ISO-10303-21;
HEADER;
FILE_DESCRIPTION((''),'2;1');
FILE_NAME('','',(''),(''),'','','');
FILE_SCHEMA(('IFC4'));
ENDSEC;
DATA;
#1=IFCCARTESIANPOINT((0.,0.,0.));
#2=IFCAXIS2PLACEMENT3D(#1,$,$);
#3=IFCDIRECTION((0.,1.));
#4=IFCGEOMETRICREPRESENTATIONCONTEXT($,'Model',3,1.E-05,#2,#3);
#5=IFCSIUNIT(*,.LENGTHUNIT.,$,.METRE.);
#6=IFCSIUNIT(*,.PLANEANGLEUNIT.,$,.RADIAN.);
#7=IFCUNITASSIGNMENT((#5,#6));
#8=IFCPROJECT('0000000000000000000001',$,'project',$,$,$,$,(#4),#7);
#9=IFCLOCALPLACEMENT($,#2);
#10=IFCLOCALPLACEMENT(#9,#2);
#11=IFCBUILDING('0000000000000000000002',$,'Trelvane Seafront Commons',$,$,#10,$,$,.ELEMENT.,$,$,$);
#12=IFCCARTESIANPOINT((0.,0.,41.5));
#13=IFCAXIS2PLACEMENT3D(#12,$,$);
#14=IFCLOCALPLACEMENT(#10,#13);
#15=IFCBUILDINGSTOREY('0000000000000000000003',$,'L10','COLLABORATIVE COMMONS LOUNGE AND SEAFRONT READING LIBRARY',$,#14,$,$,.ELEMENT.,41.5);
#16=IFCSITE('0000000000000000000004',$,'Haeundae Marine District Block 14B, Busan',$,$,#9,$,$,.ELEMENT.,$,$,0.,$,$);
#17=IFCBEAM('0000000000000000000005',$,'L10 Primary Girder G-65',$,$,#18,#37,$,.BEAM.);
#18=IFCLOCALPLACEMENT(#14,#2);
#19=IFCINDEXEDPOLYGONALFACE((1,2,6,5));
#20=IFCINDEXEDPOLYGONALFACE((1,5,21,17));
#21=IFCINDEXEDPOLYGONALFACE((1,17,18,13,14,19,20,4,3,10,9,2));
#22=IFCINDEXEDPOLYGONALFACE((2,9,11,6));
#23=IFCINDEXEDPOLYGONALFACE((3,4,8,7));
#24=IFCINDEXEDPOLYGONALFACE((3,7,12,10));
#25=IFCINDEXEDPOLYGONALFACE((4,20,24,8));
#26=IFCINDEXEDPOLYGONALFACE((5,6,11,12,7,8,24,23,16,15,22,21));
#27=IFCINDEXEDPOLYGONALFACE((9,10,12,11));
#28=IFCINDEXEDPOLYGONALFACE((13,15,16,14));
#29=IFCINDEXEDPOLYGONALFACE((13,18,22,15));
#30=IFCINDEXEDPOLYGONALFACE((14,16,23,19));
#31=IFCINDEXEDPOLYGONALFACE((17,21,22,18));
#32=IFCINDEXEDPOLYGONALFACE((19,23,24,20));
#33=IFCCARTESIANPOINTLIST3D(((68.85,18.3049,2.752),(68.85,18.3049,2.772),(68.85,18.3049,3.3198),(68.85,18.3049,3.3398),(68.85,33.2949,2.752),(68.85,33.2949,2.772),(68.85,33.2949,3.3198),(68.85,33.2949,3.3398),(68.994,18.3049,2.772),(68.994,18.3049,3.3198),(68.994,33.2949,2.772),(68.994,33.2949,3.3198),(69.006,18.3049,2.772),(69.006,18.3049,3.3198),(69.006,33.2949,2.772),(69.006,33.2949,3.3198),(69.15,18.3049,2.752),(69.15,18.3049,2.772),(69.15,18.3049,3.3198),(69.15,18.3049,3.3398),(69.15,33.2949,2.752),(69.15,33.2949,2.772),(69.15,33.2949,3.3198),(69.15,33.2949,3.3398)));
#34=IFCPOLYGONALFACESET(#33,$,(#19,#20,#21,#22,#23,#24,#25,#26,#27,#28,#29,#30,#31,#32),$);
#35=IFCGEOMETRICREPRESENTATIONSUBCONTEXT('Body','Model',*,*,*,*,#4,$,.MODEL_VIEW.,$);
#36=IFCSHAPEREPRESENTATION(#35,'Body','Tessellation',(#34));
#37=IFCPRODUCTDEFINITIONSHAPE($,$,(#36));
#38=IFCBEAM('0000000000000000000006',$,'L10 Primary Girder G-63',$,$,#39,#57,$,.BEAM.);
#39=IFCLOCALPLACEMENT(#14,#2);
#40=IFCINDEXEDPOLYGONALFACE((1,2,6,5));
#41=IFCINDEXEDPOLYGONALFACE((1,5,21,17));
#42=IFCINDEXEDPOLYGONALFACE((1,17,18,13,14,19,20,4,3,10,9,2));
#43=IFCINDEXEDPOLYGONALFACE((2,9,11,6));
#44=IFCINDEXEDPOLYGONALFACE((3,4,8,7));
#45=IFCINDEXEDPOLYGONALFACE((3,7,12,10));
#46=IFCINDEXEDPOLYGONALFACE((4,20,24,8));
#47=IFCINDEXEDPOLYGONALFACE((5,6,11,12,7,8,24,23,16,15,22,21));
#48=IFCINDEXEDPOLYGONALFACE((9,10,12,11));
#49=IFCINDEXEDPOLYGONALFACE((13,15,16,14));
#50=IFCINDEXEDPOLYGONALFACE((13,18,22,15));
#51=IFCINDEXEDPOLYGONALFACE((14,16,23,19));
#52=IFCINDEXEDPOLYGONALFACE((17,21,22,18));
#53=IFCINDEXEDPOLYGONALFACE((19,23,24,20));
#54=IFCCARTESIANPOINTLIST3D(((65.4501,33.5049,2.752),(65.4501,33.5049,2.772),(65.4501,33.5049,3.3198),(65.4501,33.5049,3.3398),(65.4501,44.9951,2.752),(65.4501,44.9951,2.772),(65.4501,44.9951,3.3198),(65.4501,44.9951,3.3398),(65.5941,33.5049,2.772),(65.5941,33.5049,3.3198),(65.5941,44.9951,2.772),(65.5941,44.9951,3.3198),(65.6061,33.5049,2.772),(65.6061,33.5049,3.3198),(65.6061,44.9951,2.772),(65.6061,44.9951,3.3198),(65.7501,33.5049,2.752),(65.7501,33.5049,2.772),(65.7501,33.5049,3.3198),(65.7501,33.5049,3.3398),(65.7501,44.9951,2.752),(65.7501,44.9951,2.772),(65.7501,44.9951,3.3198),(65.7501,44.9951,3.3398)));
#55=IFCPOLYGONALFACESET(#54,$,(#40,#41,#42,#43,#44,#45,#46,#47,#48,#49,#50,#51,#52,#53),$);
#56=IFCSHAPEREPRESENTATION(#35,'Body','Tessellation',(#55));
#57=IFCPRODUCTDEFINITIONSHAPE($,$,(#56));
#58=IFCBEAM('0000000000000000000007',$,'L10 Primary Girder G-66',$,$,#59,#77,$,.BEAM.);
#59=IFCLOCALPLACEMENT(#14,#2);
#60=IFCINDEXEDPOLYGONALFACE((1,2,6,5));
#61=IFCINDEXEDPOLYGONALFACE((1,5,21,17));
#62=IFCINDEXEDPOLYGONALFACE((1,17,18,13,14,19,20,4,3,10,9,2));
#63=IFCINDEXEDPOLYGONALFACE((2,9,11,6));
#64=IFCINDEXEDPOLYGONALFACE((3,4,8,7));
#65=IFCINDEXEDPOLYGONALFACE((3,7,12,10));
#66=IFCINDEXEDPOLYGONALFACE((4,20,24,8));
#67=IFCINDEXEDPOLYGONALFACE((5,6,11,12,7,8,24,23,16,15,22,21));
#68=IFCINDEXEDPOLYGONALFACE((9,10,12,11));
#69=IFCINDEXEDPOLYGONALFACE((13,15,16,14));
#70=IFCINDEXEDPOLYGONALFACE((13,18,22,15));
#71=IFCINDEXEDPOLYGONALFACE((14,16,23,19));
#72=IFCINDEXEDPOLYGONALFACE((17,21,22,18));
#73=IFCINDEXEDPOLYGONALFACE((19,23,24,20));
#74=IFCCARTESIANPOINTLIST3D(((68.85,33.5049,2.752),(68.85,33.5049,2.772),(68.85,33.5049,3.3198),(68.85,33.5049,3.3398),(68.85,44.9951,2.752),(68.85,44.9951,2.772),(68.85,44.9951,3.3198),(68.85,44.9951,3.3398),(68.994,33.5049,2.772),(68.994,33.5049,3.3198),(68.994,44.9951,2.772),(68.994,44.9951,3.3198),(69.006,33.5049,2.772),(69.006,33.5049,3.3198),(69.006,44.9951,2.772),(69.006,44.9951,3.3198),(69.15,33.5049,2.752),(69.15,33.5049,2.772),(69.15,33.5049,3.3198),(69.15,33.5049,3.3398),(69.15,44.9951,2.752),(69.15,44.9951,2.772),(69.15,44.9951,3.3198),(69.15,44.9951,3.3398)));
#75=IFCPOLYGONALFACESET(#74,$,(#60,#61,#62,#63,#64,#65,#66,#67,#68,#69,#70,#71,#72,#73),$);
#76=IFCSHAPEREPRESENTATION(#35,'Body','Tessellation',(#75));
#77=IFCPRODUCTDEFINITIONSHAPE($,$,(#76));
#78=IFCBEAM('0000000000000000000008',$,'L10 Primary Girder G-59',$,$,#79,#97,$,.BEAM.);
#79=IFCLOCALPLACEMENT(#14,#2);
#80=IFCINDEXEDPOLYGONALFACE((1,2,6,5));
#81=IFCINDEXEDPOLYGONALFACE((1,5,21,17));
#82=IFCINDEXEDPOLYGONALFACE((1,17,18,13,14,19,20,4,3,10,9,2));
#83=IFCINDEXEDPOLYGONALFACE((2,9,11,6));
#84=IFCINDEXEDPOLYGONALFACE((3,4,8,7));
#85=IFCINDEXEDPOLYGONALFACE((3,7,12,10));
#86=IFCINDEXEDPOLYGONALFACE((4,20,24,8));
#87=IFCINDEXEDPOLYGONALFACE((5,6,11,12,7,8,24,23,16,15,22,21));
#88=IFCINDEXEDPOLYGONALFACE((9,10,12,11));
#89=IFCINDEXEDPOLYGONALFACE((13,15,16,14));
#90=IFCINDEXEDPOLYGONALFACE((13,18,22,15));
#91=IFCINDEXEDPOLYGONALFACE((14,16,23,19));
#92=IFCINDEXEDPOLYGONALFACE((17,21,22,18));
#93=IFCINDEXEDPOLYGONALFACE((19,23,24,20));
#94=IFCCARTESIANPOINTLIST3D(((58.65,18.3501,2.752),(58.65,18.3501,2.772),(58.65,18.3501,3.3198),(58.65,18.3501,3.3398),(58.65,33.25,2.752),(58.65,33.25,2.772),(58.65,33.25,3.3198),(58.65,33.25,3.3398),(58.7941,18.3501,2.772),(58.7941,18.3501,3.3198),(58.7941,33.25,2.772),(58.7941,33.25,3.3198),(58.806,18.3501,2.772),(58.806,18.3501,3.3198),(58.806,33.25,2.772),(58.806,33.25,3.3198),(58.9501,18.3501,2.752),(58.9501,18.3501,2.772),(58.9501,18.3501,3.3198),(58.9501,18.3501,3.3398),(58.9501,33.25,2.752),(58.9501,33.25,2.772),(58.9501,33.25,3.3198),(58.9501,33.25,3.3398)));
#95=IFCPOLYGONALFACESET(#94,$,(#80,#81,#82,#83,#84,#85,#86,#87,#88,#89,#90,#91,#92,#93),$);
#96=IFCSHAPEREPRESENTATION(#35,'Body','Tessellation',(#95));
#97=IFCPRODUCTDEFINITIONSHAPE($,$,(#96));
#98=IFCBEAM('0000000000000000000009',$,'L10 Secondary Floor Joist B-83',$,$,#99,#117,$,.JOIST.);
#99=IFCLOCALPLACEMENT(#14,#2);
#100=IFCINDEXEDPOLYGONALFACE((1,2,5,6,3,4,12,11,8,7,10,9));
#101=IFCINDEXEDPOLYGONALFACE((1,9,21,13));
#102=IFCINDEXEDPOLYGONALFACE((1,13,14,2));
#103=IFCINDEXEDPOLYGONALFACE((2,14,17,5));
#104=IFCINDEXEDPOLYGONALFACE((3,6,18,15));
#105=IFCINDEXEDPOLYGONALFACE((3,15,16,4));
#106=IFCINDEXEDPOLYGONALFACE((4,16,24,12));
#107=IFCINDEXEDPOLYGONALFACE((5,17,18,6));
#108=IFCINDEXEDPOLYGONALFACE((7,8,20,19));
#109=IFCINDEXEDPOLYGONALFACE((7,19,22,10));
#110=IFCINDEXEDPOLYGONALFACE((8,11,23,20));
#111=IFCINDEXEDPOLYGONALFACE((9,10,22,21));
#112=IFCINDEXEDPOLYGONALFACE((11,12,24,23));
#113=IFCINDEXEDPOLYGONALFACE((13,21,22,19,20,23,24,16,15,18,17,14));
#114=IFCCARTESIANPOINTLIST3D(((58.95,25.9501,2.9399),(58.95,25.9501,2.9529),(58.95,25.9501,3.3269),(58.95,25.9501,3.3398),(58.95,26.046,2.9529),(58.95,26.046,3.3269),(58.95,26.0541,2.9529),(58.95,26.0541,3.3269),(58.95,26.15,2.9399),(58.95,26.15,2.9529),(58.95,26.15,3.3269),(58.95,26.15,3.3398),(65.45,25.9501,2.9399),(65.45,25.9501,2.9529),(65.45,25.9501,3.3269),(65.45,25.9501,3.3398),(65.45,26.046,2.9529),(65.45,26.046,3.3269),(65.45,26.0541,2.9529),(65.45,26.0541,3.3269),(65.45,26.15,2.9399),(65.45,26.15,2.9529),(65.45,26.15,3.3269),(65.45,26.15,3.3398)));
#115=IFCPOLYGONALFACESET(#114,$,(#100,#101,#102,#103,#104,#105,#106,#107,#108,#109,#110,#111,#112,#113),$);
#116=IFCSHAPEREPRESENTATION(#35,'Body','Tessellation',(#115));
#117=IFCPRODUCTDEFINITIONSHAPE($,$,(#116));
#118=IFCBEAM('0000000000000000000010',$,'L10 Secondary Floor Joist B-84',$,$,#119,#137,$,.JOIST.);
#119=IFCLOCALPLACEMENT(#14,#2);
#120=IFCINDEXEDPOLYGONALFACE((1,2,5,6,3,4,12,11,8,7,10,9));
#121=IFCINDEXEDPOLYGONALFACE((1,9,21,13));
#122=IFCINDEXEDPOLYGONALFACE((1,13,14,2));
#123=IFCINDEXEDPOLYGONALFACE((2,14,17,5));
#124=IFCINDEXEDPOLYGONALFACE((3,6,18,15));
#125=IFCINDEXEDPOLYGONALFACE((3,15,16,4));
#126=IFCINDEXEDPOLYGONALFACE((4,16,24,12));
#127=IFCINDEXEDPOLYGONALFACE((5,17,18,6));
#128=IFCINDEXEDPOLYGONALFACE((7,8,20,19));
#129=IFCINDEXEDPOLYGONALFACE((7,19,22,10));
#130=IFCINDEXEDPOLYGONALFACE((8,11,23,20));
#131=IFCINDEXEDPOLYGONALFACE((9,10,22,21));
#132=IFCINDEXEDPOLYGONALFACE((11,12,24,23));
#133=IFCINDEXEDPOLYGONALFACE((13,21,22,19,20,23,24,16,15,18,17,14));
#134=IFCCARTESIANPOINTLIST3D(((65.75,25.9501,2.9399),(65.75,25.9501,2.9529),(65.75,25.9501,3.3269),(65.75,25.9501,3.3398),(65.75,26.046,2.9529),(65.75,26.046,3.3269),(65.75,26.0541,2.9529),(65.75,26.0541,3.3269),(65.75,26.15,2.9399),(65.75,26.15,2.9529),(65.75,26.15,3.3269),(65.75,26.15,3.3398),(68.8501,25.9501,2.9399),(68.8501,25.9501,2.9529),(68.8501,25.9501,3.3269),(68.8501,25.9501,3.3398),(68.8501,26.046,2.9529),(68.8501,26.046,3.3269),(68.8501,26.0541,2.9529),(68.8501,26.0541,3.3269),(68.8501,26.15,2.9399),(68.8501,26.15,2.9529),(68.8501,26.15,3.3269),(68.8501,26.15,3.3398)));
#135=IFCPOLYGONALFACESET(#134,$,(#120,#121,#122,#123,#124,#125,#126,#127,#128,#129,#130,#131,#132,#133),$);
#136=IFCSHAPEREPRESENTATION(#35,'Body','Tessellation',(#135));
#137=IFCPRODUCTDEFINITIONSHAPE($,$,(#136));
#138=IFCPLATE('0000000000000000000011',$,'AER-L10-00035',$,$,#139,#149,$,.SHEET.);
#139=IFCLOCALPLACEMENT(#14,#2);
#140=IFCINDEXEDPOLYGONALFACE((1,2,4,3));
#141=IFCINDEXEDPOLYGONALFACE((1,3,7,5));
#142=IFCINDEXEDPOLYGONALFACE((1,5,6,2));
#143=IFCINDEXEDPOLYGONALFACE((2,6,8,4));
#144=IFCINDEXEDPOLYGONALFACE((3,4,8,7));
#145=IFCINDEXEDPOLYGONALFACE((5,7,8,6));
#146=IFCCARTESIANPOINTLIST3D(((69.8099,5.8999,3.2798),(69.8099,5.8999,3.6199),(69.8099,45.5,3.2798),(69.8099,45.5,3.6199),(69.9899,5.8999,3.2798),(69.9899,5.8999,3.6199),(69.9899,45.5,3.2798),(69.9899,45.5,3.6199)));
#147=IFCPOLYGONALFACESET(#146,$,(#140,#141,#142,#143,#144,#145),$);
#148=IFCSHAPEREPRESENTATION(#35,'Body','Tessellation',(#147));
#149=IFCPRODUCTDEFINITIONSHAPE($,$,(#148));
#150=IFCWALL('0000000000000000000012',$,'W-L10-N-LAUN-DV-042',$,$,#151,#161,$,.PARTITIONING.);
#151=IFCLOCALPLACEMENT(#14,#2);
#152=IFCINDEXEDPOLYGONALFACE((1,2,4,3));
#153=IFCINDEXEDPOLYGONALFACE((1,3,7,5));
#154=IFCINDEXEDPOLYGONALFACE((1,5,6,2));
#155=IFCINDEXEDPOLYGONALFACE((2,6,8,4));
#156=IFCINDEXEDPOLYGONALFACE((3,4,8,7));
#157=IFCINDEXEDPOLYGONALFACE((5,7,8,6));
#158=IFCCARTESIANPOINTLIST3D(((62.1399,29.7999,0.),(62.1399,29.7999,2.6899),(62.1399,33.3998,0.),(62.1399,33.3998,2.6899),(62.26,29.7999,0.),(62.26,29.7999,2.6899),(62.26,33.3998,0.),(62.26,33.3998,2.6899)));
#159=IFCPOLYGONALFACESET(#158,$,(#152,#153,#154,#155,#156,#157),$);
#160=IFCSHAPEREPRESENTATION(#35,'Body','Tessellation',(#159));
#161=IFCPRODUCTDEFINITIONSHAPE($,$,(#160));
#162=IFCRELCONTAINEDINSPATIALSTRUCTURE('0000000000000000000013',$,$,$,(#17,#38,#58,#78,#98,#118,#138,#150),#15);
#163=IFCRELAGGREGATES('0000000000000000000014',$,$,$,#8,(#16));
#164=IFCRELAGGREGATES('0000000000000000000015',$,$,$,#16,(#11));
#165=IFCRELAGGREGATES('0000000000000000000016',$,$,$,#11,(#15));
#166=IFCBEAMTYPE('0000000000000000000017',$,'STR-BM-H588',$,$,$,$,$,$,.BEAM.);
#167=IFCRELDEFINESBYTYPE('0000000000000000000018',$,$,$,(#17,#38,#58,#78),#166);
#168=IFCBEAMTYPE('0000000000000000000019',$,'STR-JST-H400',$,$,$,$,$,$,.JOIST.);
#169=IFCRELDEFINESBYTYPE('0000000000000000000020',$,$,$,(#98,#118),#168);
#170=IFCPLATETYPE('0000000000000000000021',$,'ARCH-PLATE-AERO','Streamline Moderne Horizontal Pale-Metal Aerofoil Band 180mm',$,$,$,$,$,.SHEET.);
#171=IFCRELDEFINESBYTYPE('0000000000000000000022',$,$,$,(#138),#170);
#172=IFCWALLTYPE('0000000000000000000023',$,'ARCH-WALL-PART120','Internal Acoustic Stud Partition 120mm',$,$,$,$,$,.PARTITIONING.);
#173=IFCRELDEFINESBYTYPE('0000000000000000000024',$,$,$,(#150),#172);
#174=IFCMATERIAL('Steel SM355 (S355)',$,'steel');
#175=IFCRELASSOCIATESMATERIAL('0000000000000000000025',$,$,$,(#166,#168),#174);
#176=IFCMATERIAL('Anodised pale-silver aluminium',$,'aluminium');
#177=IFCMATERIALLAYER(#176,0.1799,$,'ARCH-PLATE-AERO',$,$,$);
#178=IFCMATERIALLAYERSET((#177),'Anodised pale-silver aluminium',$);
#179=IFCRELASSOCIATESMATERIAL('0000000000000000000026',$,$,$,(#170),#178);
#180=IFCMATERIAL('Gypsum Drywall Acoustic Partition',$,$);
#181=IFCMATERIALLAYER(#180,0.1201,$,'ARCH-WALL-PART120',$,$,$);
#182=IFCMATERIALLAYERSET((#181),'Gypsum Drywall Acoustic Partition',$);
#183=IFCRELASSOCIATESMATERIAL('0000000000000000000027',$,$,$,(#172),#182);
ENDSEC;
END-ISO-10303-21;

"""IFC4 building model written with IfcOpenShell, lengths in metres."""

from ifc_helpers import new_model, si_unit, direction, frame, frame_2d, origin, origin_2d, place, context, subcontext, project, spatial, rectangle, i_section, extrude, source, transform, mapped, material, layer, layer_set, material_profile, profile_set, type_object, element, save


model = new_model("IFC4")

# Units and contexts
model_context = context("Model", 3, precision=1e-05, world=origin(), true_north=direction((0.0, 1.0)))
body_context = subcontext(model_context, "Body", "Model", "MODEL_VIEW")
ifc_project = project(units=[si_unit("LENGTHUNIT", "METRE"), si_unit("PLANEANGLEUNIT", "RADIAN")], contexts=[model_context])

# Site, building, storey
site_placement = place(None, origin())
site = spatial("IfcSite", under=ifc_project, at=site_placement, Name="Haeundae Marine District Block 14B, Busan", CompositionType="ELEMENT", RefElevation=0.0)
building_placement = place(site_placement, origin())
building = spatial("IfcBuilding", under=site, at=building_placement, Name="Trelvane Seafront Commons", CompositionType="ELEMENT")
storey_placement = place(building_placement, frame((0.0, 0.0, 41.5)))
storey = spatial("IfcBuildingStorey", under=building, at=storey_placement, Name="L10", Description="COLLABORATIVE COMMONS LOUNGE AND SEAFRONT READING LIBRARY", CompositionType="ELEMENT", Elevation=41.5)

# Shared definitions
ifc_material_1 = material(Name="Steel SM355 (S355)", Category="steel")

# Beams
ifc_material_profile_1 = material_profile(ifc_material_1, i_section(OverallWidth=0.3, OverallDepth=0.5879, WebThickness=0.012, FlangeThickness=0.02, at=origin_2d()), Name="H-588x300x12x20")
ifc_profile_set_1 = profile_set([ifc_material_profile_1], Name="Steel SM355 (S355)")
beam_type_1 = type_object("IfcBeamType", Name="STR-BM-H588", PredefinedType="BEAM", material=ifc_profile_set_1)
shared_shape_1 = source(origin(), body_context, "Body", "SweptSolid", [
    extrude(i_section(OverallWidth=0.3, OverallDepth=0.5879, WebThickness=0.012, FlangeThickness=0.02, at=origin_2d()), origin(), (0.0, 0.0, 1.0), 14.99),
])
for number, where, z_axis, x_axis, name in (
    (1, (69.0, 18.3049, 3.0459), (0.0, 1.0, 0.0), (-1.0, 0.0, 0.0), "L10 Primary Girder G-65"),
):
    element("IfcBeam", number, at=place(storey_placement, frame(where, z_axis=z_axis, x_axis=x_axis)), inside=storey, type_object=beam_type_1, Name=name, PredefinedType="BEAM", context=body_context, shape_type="MappedRepresentation", body=[
        mapped(shared_shape_1, transform((0.0, 0.0, 0.0), x_axis=(1.0, 0.0, 0.0), y_axis=(0.0, 1.0, 0.0), z_axis=(0.0, 0.0, 1.0), scale=1.0)),
    ])
shared_shape_2 = source(origin(), body_context, "Body", "SweptSolid", [
    extrude(i_section(OverallWidth=0.3, OverallDepth=0.5879, WebThickness=0.012, FlangeThickness=0.02, at=origin_2d()), origin(), (0.0, 0.0, 1.0), 11.4902),
])
for number, where, z_axis, x_axis, name in (
    (2, (65.6001, 33.5049, 3.0459), (0.0, 1.0, 0.0), (-1.0, 0.0, 0.0), "L10 Primary Girder G-63"),
    (3, (69.0, 33.5049, 3.0459), (0.0, 1.0, 0.0), (-1.0, 0.0, 0.0), "L10 Primary Girder G-66"),
):
    element("IfcBeam", number, at=place(storey_placement, frame(where, z_axis=z_axis, x_axis=x_axis)), inside=storey, type_object=beam_type_1, Name=name, PredefinedType="BEAM", context=body_context, shape_type="MappedRepresentation", body=[
        mapped(shared_shape_2, transform((0.0, 0.0, 0.0), x_axis=(1.0, 0.0, 0.0), y_axis=(0.0, 1.0, 0.0), z_axis=(0.0, 0.0, 1.0), scale=1.0)),
    ])
shared_shape_3 = source(origin(), body_context, "Body", "SweptSolid", [
    extrude(i_section(OverallWidth=0.3, OverallDepth=0.5879, WebThickness=0.012, FlangeThickness=0.02, at=origin_2d()), origin(), (0.0, 0.0, 1.0), 14.8999),
])
beam_1_placement = place(storey_placement, frame((58.8, 18.3501, 3.0459), z_axis=(0.0, 1.0, 0.0), x_axis=(-1.0, 0.0, 0.0)))
element("IfcBeam", 4, at=beam_1_placement, inside=storey, type_object=beam_type_1, Name="L10 Primary Girder G-59", PredefinedType="BEAM", context=body_context, shape_type="MappedRepresentation", body=[
    mapped(shared_shape_3, transform((0.0, 0.0, 0.0), x_axis=(1.0, 0.0, 0.0), y_axis=(0.0, 1.0, 0.0), z_axis=(0.0, 0.0, 1.0), scale=1.0)),
])
ifc_material_profile_2 = material_profile(ifc_material_1, i_section(OverallWidth=0.2, OverallDepth=0.3999, WebThickness=0.0081, FlangeThickness=0.0129, at=origin_2d()), Name="H-400x200x8x13")
ifc_profile_set_2 = profile_set([ifc_material_profile_2], Name="Steel SM355 (S355)")
beam_type_2 = type_object("IfcBeamType", Name="STR-JST-H400", PredefinedType="JOIST", material=ifc_profile_set_2)
shared_shape_4 = source(origin(), body_context, "Body", "SweptSolid", [
    extrude(i_section(OverallWidth=0.2, OverallDepth=0.3999, WebThickness=0.0081, FlangeThickness=0.0129, at=origin_2d()), origin(), (0.0, 0.0, 1.0), 6.5),
])
beam_2_placement = place(storey_placement, frame((58.95, 26.05, 3.1399), z_axis=(1.0, 0.0, 0.0), x_axis=(0.0, 1.0, 0.0)))
element("IfcBeam", 5, at=beam_2_placement, inside=storey, type_object=beam_type_2, Name="L10 Secondary Floor Joist B-83", PredefinedType="JOIST", context=body_context, shape_type="MappedRepresentation", body=[
    mapped(shared_shape_4, transform((0.0, 0.0, 0.0), x_axis=(1.0, 0.0, 0.0), y_axis=(0.0, 1.0, 0.0), z_axis=(0.0, 0.0, 1.0), scale=1.0)),
])
shared_shape_5 = source(origin(), body_context, "Body", "SweptSolid", [
    extrude(i_section(OverallWidth=0.2, OverallDepth=0.3999, WebThickness=0.0081, FlangeThickness=0.0129, at=origin_2d()), origin(), (0.0, 0.0, 1.0), 3.1001),
])
beam_3_placement = place(storey_placement, frame((65.75, 26.05, 3.1399), z_axis=(1.0, 0.0, 0.0), x_axis=(0.0, 1.0, 0.0)))
element("IfcBeam", 6, at=beam_3_placement, inside=storey, type_object=beam_type_2, Name="L10 Secondary Floor Joist B-84", PredefinedType="JOIST", context=body_context, shape_type="MappedRepresentation", body=[
    mapped(shared_shape_5, transform((0.0, 0.0, 0.0), x_axis=(1.0, 0.0, 0.0), y_axis=(0.0, 1.0, 0.0), z_axis=(0.0, 0.0, 1.0), scale=1.0)),
])

# Plate
ifc_material_2 = material(Name="Anodised pale-silver aluminium", Category="aluminium")
ifc_layer_1 = layer(ifc_material_2, 0.1799, Name="ARCH-PLATE-AERO")
ifc_layer_set_1 = layer_set([ifc_layer_1], Name="Anodised pale-silver aluminium")
plate_type = type_object("IfcPlateType", Name="ARCH-PLATE-AERO", Description="Streamline Moderne Horizontal Pale-Metal Aerofoil Band 180mm", PredefinedType="SHEET", material=ifc_layer_set_1)
shared_shape_6 = source(origin(), body_context, "Body", "SweptSolid", [
    extrude(rectangle(XDim=39.6001, YDim=0.1799, at=origin_2d()), origin(), (0.0, 0.0, 1.0), 0.3401),
])
plate_placement = place(storey_placement, frame((69.8999, 25.7, 3.2798), z_axis=(0.0, 0.0, 1.0), x_axis=(0.0, -1.0, 0.0)))
element("IfcPlate", 7, at=plate_placement, inside=storey, type_object=plate_type, Name="AER-L10-00035", PredefinedType="SHEET", context=body_context, shape_type="MappedRepresentation", body=[
    mapped(shared_shape_6, transform((0.0, 0.0, 0.0), x_axis=(1.0, 0.0, 0.0), y_axis=(0.0, 1.0, 0.0), z_axis=(0.0, 0.0, 1.0), scale=1.0)),
])

# Wall
ifc_material_3 = material(Name="Gypsum Drywall Acoustic Partition")
ifc_layer_2 = layer(ifc_material_3, 0.1201, Name="ARCH-WALL-PART120")
ifc_layer_set_2 = layer_set([ifc_layer_2], Name="Gypsum Drywall Acoustic Partition")
wall_type_1 = type_object("IfcWallType", Name="ARCH-WALL-PART120", Description="Internal Acoustic Stud Partition 120mm", PredefinedType="PARTITIONING", material=ifc_layer_set_2)
wall_1_placement = place(storey_placement, frame((62.2, 29.8, 0.0), z_axis=(0.0, 0.0, 1.0), x_axis=(0.0, 1.0, 0.0)))
element("IfcWall", 8, at=wall_1_placement, inside=storey, type_object=wall_type_1, Name="W-L10-N-LAUN-DV-042", PredefinedType="PARTITIONING", context=body_context, shape_type="SweptSolid", body=[
    extrude(rectangle(XDim=3.5999, YDim=0.1201, at=frame_2d((1.7998, 0.0))), origin(), (0.0, 0.0, 1.0), 2.6899),
])

save(model, "model.ifc")
